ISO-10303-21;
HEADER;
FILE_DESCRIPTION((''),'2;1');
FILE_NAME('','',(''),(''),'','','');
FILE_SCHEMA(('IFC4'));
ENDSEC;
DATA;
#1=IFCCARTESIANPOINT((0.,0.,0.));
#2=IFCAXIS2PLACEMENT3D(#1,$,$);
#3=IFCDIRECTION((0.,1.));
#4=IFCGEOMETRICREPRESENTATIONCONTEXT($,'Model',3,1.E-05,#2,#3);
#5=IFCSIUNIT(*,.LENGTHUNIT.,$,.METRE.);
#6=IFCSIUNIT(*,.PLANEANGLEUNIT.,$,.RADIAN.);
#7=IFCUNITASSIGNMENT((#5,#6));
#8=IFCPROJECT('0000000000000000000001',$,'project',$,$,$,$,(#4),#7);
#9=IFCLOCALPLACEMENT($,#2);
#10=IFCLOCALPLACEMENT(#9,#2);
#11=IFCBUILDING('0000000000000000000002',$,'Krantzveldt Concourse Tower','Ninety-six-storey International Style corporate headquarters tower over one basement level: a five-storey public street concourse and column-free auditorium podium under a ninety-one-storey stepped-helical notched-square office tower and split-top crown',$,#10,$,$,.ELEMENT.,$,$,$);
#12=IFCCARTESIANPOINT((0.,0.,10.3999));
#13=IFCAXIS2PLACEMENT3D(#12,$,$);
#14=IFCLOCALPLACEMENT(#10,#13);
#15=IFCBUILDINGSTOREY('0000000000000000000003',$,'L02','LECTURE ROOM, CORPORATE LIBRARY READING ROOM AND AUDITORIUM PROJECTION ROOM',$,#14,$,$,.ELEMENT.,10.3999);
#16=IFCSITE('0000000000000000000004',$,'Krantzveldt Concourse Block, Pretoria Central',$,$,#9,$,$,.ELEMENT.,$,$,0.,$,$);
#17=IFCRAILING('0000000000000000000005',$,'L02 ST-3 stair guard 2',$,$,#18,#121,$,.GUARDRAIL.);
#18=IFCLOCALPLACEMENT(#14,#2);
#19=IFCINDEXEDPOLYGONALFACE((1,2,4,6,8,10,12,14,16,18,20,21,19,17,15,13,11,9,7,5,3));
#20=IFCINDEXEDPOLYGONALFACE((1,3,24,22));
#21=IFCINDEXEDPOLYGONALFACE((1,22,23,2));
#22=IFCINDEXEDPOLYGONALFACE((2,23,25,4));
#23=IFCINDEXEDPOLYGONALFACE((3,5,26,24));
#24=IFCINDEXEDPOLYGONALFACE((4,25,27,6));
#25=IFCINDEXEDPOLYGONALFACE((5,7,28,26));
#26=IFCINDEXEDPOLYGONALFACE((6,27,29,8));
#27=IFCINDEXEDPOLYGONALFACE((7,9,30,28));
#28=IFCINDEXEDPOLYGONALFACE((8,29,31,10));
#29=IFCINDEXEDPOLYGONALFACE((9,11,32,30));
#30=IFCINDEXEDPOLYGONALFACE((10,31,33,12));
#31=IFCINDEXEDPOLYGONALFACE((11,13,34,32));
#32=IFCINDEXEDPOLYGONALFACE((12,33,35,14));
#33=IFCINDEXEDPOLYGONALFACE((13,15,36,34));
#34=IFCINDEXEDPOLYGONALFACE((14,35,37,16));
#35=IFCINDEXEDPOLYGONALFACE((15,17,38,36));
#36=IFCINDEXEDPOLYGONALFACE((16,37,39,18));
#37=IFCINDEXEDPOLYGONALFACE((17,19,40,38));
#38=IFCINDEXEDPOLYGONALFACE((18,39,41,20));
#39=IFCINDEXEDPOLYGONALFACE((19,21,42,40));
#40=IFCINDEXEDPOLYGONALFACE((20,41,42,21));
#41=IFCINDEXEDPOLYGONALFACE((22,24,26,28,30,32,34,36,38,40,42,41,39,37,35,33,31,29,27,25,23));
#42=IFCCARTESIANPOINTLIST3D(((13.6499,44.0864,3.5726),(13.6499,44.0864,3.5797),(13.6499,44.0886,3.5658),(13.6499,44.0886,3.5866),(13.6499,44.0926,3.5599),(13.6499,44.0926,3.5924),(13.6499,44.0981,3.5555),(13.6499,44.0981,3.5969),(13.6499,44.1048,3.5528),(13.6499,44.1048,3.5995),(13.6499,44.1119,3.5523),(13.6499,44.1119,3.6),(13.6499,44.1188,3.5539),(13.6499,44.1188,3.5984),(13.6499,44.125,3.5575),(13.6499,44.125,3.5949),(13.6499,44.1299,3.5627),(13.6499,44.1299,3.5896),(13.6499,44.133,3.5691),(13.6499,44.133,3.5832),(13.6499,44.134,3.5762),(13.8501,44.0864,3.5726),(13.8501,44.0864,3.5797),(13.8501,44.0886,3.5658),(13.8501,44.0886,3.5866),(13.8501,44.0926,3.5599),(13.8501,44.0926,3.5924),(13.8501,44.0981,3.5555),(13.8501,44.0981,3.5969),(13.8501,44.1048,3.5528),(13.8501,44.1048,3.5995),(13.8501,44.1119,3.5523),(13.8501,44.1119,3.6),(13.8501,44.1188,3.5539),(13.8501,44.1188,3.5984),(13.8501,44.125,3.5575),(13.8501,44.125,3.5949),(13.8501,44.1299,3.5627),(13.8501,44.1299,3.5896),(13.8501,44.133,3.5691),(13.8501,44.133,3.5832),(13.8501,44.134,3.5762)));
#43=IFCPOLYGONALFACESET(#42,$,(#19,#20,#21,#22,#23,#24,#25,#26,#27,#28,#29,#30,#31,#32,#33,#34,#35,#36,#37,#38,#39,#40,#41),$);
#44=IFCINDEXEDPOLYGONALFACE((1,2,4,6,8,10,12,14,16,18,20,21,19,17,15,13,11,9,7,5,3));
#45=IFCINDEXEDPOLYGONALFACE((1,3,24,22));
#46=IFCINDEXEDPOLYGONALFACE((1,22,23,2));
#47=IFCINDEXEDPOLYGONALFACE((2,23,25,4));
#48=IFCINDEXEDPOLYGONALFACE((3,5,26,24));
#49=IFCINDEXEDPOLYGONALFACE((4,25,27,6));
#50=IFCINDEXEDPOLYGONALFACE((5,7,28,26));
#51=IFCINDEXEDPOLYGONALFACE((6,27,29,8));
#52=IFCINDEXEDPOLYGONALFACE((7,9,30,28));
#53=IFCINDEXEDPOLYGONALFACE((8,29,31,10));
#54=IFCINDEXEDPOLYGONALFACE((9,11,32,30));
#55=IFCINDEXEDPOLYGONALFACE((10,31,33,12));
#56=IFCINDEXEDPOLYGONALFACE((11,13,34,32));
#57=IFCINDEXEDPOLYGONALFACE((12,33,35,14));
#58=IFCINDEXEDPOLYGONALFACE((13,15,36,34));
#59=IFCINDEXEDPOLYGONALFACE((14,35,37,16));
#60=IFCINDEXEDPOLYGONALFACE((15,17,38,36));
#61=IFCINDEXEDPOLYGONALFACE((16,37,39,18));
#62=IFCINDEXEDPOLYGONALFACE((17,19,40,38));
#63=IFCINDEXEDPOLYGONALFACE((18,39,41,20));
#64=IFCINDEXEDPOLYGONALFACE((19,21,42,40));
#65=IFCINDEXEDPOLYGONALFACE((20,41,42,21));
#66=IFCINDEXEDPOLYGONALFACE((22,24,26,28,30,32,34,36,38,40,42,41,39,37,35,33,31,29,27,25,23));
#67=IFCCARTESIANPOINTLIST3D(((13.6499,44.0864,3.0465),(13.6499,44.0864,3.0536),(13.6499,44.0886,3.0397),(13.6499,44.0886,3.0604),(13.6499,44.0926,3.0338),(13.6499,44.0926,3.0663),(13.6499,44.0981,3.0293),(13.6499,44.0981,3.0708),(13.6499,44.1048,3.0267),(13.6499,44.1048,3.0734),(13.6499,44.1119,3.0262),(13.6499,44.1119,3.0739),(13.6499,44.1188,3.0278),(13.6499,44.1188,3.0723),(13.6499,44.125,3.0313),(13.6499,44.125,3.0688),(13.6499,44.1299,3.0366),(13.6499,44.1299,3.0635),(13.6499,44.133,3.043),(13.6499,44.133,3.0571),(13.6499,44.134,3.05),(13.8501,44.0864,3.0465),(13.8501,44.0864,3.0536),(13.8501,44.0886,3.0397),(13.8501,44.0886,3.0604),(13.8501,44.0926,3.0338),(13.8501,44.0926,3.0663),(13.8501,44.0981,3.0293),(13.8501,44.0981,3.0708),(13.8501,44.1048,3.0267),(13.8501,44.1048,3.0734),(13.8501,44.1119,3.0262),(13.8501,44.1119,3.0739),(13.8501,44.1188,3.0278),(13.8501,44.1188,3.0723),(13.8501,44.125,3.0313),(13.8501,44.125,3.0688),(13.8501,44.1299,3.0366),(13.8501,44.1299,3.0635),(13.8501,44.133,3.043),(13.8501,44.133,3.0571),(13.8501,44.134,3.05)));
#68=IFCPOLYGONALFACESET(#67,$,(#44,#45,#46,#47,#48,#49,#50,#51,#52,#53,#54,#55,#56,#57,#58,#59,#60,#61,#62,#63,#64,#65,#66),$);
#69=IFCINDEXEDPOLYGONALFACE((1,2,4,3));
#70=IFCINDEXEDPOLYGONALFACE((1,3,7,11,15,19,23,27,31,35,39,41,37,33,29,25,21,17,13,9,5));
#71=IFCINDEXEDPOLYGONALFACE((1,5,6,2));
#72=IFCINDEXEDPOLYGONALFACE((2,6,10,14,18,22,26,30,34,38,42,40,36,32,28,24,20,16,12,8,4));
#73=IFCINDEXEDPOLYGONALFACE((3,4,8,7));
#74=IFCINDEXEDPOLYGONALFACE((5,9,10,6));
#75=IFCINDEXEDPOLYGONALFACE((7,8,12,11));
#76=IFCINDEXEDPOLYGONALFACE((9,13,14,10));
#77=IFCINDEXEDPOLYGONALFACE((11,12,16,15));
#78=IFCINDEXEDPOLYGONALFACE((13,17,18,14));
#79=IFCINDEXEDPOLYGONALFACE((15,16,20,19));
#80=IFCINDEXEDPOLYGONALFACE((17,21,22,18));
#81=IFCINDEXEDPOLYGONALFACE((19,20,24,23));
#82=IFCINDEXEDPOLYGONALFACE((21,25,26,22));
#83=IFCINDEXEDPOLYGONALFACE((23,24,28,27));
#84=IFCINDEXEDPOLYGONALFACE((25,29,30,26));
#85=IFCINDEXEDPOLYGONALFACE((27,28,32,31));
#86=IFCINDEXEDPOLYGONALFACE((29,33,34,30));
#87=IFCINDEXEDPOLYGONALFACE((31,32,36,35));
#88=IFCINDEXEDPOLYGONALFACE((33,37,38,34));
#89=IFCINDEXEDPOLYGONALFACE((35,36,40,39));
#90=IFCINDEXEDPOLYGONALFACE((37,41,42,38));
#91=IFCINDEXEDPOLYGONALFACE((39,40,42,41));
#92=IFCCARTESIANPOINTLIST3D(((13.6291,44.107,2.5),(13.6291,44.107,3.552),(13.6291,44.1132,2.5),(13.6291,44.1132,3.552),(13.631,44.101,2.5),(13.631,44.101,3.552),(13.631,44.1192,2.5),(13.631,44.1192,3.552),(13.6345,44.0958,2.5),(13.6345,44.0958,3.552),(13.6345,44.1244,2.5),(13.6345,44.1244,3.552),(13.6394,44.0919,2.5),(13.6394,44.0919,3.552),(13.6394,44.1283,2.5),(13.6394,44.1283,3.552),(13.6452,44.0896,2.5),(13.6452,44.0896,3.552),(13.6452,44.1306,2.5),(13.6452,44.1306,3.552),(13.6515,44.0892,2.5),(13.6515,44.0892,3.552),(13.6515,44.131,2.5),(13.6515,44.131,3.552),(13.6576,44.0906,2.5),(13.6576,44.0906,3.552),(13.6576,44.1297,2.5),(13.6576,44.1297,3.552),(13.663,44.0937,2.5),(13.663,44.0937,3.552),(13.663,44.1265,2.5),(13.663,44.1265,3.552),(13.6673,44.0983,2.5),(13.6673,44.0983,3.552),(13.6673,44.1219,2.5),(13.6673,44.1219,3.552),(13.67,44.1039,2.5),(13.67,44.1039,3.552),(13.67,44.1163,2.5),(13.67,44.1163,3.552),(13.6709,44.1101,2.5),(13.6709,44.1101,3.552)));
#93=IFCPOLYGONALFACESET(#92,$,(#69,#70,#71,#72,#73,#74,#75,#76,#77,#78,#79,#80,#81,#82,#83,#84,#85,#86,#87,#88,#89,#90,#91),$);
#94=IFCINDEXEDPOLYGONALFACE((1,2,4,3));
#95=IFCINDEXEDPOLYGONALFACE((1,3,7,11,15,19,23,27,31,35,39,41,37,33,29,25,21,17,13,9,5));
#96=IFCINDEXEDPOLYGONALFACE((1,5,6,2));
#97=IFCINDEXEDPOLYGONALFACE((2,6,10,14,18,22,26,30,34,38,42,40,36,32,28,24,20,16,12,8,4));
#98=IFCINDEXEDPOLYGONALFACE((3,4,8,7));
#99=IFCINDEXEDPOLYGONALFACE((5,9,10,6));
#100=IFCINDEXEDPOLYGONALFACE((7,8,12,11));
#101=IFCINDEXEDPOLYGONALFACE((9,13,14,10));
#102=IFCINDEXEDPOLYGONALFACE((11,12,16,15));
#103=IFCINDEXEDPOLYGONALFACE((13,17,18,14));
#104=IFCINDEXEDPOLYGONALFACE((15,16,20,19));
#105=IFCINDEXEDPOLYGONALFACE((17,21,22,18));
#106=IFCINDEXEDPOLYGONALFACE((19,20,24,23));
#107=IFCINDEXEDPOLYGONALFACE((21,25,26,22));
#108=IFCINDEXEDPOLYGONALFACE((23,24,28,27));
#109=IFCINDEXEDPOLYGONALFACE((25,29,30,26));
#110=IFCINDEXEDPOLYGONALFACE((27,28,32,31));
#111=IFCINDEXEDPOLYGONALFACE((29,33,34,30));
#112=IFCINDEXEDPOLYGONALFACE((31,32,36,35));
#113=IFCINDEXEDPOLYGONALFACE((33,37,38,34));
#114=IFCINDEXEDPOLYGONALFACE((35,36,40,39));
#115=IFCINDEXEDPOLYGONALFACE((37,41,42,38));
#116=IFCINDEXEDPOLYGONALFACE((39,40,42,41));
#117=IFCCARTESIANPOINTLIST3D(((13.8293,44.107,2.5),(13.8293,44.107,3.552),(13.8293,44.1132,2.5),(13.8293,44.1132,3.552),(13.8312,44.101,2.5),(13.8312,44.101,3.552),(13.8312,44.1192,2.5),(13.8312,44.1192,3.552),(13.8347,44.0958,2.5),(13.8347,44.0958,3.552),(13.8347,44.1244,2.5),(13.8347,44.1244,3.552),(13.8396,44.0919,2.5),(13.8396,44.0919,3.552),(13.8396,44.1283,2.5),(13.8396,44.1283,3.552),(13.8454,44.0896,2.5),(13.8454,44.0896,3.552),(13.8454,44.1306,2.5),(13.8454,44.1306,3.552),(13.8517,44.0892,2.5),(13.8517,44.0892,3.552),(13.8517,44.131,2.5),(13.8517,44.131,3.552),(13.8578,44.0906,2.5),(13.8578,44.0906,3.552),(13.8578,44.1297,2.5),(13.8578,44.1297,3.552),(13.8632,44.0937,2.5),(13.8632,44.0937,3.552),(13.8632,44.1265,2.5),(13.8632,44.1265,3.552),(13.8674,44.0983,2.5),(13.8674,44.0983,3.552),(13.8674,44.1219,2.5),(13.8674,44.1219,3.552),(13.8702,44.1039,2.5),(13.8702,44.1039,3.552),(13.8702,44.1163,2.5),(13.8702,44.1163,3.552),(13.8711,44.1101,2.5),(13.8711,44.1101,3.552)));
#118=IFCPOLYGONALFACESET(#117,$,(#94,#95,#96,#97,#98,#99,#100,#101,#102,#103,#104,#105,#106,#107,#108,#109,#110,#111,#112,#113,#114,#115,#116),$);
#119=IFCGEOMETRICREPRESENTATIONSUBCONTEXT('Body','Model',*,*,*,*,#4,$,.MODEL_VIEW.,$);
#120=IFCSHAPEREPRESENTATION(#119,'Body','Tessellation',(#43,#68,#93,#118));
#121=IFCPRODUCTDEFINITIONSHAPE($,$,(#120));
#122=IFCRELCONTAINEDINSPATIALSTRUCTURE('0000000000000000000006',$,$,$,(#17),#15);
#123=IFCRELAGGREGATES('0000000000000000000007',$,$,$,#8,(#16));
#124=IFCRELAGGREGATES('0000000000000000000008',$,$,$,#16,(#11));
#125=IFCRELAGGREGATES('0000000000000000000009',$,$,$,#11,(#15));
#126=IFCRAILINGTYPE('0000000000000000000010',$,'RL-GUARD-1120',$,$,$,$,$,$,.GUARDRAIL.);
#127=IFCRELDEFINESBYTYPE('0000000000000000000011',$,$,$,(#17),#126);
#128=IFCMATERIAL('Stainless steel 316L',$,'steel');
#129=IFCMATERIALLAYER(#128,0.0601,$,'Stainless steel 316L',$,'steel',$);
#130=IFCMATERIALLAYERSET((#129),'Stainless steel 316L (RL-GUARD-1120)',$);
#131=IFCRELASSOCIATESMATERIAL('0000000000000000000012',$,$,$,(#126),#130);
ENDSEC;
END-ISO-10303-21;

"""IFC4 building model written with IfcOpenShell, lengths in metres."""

from ifc_helpers import new_model, si_unit, direction, frame, origin, origin_2d, place, context, subcontext, project, spatial, circle, extrude, material, layer, layer_set, type_object, element, save


model = new_model("IFC4")

# Units and contexts
model_context = context("Model", 3, precision=1e-05, world=origin(), true_north=direction((0.0, 1.0)))
body_context = subcontext(model_context, "Body", "Model", "MODEL_VIEW")
ifc_project = project(units=[si_unit("LENGTHUNIT", "METRE"), si_unit("PLANEANGLEUNIT", "RADIAN")], contexts=[model_context])

# Site, building, storey
site_placement = place(None, origin())
site = spatial("IfcSite", under=ifc_project, at=site_placement, Name="Krantzveldt Concourse Block, Pretoria Central", CompositionType="ELEMENT", RefElevation=0.0)
building_placement = place(site_placement, origin())
building = spatial("IfcBuilding", under=site, at=building_placement, Name="Krantzveldt Concourse Tower", Description="Ninety-six-storey International Style corporate headquarters tower over one basement level: a five-storey public street concourse and column-free auditorium podium under a ninety-one-storey stepped-helical notched-square office tower and split-top crown", CompositionType="ELEMENT")
storey_placement = place(building_placement, frame((0.0, 0.0, 10.3999)))
storey = spatial("IfcBuildingStorey", under=building, at=storey_placement, Name="L02", Description="LECTURE ROOM, CORPORATE LIBRARY READING ROOM AND AUDITORIUM PROJECTION ROOM", CompositionType="ELEMENT", Elevation=10.3999)

# Railing
ifc_material_1 = material(Name="Stainless steel 316L", Category="steel")
ifc_layer_1 = layer(ifc_material_1, 0.0601, Name="Stainless steel 316L", Category="steel")
ifc_layer_set_1 = layer_set([ifc_layer_1], Name="Stainless steel 316L (RL-GUARD-1120)")
railing_type_1 = type_object("IfcRailingType", Name="RL-GUARD-1120", PredefinedType="GUARDRAIL", material=ifc_layer_set_1)
railing_1_placement = place(storey_placement, frame((13.6499, 44.1101, 2.5)))
element("IfcRailing", 1, at=railing_1_placement, inside=storey, type_object=railing_type_1, Name="L02 ST-3 stair guard 2", PredefinedType="GUARDRAIL", context=body_context, shape_type="SweptSolid", body=[
    extrude(circle(Radius=0.0239, at=origin_2d()), frame((0.0, 0.0, 1.0762), z_axis=(1.0, 0.0, 0.0), x_axis=(0.0, 1.0, 0.0)), (0.0, 0.0, 1.0), 0.2002),
    extrude(circle(Radius=0.0239, at=origin_2d()), frame((0.0, 0.0, 0.55), z_axis=(1.0, 0.0, 0.0), x_axis=(0.0, 1.0, 0.0)), (0.0, 0.0, 1.0), 0.2002),
    extrude(circle(Radius=0.021, at=origin_2d()), origin(), (0.0, 0.0, 1.0), 1.052),
    extrude(circle(Radius=0.021, at=origin_2d()), frame((0.2002, 0.0, 0.0)), (0.0, 0.0, 1.0), 1.052),
])

save(model, "model.ifc")
